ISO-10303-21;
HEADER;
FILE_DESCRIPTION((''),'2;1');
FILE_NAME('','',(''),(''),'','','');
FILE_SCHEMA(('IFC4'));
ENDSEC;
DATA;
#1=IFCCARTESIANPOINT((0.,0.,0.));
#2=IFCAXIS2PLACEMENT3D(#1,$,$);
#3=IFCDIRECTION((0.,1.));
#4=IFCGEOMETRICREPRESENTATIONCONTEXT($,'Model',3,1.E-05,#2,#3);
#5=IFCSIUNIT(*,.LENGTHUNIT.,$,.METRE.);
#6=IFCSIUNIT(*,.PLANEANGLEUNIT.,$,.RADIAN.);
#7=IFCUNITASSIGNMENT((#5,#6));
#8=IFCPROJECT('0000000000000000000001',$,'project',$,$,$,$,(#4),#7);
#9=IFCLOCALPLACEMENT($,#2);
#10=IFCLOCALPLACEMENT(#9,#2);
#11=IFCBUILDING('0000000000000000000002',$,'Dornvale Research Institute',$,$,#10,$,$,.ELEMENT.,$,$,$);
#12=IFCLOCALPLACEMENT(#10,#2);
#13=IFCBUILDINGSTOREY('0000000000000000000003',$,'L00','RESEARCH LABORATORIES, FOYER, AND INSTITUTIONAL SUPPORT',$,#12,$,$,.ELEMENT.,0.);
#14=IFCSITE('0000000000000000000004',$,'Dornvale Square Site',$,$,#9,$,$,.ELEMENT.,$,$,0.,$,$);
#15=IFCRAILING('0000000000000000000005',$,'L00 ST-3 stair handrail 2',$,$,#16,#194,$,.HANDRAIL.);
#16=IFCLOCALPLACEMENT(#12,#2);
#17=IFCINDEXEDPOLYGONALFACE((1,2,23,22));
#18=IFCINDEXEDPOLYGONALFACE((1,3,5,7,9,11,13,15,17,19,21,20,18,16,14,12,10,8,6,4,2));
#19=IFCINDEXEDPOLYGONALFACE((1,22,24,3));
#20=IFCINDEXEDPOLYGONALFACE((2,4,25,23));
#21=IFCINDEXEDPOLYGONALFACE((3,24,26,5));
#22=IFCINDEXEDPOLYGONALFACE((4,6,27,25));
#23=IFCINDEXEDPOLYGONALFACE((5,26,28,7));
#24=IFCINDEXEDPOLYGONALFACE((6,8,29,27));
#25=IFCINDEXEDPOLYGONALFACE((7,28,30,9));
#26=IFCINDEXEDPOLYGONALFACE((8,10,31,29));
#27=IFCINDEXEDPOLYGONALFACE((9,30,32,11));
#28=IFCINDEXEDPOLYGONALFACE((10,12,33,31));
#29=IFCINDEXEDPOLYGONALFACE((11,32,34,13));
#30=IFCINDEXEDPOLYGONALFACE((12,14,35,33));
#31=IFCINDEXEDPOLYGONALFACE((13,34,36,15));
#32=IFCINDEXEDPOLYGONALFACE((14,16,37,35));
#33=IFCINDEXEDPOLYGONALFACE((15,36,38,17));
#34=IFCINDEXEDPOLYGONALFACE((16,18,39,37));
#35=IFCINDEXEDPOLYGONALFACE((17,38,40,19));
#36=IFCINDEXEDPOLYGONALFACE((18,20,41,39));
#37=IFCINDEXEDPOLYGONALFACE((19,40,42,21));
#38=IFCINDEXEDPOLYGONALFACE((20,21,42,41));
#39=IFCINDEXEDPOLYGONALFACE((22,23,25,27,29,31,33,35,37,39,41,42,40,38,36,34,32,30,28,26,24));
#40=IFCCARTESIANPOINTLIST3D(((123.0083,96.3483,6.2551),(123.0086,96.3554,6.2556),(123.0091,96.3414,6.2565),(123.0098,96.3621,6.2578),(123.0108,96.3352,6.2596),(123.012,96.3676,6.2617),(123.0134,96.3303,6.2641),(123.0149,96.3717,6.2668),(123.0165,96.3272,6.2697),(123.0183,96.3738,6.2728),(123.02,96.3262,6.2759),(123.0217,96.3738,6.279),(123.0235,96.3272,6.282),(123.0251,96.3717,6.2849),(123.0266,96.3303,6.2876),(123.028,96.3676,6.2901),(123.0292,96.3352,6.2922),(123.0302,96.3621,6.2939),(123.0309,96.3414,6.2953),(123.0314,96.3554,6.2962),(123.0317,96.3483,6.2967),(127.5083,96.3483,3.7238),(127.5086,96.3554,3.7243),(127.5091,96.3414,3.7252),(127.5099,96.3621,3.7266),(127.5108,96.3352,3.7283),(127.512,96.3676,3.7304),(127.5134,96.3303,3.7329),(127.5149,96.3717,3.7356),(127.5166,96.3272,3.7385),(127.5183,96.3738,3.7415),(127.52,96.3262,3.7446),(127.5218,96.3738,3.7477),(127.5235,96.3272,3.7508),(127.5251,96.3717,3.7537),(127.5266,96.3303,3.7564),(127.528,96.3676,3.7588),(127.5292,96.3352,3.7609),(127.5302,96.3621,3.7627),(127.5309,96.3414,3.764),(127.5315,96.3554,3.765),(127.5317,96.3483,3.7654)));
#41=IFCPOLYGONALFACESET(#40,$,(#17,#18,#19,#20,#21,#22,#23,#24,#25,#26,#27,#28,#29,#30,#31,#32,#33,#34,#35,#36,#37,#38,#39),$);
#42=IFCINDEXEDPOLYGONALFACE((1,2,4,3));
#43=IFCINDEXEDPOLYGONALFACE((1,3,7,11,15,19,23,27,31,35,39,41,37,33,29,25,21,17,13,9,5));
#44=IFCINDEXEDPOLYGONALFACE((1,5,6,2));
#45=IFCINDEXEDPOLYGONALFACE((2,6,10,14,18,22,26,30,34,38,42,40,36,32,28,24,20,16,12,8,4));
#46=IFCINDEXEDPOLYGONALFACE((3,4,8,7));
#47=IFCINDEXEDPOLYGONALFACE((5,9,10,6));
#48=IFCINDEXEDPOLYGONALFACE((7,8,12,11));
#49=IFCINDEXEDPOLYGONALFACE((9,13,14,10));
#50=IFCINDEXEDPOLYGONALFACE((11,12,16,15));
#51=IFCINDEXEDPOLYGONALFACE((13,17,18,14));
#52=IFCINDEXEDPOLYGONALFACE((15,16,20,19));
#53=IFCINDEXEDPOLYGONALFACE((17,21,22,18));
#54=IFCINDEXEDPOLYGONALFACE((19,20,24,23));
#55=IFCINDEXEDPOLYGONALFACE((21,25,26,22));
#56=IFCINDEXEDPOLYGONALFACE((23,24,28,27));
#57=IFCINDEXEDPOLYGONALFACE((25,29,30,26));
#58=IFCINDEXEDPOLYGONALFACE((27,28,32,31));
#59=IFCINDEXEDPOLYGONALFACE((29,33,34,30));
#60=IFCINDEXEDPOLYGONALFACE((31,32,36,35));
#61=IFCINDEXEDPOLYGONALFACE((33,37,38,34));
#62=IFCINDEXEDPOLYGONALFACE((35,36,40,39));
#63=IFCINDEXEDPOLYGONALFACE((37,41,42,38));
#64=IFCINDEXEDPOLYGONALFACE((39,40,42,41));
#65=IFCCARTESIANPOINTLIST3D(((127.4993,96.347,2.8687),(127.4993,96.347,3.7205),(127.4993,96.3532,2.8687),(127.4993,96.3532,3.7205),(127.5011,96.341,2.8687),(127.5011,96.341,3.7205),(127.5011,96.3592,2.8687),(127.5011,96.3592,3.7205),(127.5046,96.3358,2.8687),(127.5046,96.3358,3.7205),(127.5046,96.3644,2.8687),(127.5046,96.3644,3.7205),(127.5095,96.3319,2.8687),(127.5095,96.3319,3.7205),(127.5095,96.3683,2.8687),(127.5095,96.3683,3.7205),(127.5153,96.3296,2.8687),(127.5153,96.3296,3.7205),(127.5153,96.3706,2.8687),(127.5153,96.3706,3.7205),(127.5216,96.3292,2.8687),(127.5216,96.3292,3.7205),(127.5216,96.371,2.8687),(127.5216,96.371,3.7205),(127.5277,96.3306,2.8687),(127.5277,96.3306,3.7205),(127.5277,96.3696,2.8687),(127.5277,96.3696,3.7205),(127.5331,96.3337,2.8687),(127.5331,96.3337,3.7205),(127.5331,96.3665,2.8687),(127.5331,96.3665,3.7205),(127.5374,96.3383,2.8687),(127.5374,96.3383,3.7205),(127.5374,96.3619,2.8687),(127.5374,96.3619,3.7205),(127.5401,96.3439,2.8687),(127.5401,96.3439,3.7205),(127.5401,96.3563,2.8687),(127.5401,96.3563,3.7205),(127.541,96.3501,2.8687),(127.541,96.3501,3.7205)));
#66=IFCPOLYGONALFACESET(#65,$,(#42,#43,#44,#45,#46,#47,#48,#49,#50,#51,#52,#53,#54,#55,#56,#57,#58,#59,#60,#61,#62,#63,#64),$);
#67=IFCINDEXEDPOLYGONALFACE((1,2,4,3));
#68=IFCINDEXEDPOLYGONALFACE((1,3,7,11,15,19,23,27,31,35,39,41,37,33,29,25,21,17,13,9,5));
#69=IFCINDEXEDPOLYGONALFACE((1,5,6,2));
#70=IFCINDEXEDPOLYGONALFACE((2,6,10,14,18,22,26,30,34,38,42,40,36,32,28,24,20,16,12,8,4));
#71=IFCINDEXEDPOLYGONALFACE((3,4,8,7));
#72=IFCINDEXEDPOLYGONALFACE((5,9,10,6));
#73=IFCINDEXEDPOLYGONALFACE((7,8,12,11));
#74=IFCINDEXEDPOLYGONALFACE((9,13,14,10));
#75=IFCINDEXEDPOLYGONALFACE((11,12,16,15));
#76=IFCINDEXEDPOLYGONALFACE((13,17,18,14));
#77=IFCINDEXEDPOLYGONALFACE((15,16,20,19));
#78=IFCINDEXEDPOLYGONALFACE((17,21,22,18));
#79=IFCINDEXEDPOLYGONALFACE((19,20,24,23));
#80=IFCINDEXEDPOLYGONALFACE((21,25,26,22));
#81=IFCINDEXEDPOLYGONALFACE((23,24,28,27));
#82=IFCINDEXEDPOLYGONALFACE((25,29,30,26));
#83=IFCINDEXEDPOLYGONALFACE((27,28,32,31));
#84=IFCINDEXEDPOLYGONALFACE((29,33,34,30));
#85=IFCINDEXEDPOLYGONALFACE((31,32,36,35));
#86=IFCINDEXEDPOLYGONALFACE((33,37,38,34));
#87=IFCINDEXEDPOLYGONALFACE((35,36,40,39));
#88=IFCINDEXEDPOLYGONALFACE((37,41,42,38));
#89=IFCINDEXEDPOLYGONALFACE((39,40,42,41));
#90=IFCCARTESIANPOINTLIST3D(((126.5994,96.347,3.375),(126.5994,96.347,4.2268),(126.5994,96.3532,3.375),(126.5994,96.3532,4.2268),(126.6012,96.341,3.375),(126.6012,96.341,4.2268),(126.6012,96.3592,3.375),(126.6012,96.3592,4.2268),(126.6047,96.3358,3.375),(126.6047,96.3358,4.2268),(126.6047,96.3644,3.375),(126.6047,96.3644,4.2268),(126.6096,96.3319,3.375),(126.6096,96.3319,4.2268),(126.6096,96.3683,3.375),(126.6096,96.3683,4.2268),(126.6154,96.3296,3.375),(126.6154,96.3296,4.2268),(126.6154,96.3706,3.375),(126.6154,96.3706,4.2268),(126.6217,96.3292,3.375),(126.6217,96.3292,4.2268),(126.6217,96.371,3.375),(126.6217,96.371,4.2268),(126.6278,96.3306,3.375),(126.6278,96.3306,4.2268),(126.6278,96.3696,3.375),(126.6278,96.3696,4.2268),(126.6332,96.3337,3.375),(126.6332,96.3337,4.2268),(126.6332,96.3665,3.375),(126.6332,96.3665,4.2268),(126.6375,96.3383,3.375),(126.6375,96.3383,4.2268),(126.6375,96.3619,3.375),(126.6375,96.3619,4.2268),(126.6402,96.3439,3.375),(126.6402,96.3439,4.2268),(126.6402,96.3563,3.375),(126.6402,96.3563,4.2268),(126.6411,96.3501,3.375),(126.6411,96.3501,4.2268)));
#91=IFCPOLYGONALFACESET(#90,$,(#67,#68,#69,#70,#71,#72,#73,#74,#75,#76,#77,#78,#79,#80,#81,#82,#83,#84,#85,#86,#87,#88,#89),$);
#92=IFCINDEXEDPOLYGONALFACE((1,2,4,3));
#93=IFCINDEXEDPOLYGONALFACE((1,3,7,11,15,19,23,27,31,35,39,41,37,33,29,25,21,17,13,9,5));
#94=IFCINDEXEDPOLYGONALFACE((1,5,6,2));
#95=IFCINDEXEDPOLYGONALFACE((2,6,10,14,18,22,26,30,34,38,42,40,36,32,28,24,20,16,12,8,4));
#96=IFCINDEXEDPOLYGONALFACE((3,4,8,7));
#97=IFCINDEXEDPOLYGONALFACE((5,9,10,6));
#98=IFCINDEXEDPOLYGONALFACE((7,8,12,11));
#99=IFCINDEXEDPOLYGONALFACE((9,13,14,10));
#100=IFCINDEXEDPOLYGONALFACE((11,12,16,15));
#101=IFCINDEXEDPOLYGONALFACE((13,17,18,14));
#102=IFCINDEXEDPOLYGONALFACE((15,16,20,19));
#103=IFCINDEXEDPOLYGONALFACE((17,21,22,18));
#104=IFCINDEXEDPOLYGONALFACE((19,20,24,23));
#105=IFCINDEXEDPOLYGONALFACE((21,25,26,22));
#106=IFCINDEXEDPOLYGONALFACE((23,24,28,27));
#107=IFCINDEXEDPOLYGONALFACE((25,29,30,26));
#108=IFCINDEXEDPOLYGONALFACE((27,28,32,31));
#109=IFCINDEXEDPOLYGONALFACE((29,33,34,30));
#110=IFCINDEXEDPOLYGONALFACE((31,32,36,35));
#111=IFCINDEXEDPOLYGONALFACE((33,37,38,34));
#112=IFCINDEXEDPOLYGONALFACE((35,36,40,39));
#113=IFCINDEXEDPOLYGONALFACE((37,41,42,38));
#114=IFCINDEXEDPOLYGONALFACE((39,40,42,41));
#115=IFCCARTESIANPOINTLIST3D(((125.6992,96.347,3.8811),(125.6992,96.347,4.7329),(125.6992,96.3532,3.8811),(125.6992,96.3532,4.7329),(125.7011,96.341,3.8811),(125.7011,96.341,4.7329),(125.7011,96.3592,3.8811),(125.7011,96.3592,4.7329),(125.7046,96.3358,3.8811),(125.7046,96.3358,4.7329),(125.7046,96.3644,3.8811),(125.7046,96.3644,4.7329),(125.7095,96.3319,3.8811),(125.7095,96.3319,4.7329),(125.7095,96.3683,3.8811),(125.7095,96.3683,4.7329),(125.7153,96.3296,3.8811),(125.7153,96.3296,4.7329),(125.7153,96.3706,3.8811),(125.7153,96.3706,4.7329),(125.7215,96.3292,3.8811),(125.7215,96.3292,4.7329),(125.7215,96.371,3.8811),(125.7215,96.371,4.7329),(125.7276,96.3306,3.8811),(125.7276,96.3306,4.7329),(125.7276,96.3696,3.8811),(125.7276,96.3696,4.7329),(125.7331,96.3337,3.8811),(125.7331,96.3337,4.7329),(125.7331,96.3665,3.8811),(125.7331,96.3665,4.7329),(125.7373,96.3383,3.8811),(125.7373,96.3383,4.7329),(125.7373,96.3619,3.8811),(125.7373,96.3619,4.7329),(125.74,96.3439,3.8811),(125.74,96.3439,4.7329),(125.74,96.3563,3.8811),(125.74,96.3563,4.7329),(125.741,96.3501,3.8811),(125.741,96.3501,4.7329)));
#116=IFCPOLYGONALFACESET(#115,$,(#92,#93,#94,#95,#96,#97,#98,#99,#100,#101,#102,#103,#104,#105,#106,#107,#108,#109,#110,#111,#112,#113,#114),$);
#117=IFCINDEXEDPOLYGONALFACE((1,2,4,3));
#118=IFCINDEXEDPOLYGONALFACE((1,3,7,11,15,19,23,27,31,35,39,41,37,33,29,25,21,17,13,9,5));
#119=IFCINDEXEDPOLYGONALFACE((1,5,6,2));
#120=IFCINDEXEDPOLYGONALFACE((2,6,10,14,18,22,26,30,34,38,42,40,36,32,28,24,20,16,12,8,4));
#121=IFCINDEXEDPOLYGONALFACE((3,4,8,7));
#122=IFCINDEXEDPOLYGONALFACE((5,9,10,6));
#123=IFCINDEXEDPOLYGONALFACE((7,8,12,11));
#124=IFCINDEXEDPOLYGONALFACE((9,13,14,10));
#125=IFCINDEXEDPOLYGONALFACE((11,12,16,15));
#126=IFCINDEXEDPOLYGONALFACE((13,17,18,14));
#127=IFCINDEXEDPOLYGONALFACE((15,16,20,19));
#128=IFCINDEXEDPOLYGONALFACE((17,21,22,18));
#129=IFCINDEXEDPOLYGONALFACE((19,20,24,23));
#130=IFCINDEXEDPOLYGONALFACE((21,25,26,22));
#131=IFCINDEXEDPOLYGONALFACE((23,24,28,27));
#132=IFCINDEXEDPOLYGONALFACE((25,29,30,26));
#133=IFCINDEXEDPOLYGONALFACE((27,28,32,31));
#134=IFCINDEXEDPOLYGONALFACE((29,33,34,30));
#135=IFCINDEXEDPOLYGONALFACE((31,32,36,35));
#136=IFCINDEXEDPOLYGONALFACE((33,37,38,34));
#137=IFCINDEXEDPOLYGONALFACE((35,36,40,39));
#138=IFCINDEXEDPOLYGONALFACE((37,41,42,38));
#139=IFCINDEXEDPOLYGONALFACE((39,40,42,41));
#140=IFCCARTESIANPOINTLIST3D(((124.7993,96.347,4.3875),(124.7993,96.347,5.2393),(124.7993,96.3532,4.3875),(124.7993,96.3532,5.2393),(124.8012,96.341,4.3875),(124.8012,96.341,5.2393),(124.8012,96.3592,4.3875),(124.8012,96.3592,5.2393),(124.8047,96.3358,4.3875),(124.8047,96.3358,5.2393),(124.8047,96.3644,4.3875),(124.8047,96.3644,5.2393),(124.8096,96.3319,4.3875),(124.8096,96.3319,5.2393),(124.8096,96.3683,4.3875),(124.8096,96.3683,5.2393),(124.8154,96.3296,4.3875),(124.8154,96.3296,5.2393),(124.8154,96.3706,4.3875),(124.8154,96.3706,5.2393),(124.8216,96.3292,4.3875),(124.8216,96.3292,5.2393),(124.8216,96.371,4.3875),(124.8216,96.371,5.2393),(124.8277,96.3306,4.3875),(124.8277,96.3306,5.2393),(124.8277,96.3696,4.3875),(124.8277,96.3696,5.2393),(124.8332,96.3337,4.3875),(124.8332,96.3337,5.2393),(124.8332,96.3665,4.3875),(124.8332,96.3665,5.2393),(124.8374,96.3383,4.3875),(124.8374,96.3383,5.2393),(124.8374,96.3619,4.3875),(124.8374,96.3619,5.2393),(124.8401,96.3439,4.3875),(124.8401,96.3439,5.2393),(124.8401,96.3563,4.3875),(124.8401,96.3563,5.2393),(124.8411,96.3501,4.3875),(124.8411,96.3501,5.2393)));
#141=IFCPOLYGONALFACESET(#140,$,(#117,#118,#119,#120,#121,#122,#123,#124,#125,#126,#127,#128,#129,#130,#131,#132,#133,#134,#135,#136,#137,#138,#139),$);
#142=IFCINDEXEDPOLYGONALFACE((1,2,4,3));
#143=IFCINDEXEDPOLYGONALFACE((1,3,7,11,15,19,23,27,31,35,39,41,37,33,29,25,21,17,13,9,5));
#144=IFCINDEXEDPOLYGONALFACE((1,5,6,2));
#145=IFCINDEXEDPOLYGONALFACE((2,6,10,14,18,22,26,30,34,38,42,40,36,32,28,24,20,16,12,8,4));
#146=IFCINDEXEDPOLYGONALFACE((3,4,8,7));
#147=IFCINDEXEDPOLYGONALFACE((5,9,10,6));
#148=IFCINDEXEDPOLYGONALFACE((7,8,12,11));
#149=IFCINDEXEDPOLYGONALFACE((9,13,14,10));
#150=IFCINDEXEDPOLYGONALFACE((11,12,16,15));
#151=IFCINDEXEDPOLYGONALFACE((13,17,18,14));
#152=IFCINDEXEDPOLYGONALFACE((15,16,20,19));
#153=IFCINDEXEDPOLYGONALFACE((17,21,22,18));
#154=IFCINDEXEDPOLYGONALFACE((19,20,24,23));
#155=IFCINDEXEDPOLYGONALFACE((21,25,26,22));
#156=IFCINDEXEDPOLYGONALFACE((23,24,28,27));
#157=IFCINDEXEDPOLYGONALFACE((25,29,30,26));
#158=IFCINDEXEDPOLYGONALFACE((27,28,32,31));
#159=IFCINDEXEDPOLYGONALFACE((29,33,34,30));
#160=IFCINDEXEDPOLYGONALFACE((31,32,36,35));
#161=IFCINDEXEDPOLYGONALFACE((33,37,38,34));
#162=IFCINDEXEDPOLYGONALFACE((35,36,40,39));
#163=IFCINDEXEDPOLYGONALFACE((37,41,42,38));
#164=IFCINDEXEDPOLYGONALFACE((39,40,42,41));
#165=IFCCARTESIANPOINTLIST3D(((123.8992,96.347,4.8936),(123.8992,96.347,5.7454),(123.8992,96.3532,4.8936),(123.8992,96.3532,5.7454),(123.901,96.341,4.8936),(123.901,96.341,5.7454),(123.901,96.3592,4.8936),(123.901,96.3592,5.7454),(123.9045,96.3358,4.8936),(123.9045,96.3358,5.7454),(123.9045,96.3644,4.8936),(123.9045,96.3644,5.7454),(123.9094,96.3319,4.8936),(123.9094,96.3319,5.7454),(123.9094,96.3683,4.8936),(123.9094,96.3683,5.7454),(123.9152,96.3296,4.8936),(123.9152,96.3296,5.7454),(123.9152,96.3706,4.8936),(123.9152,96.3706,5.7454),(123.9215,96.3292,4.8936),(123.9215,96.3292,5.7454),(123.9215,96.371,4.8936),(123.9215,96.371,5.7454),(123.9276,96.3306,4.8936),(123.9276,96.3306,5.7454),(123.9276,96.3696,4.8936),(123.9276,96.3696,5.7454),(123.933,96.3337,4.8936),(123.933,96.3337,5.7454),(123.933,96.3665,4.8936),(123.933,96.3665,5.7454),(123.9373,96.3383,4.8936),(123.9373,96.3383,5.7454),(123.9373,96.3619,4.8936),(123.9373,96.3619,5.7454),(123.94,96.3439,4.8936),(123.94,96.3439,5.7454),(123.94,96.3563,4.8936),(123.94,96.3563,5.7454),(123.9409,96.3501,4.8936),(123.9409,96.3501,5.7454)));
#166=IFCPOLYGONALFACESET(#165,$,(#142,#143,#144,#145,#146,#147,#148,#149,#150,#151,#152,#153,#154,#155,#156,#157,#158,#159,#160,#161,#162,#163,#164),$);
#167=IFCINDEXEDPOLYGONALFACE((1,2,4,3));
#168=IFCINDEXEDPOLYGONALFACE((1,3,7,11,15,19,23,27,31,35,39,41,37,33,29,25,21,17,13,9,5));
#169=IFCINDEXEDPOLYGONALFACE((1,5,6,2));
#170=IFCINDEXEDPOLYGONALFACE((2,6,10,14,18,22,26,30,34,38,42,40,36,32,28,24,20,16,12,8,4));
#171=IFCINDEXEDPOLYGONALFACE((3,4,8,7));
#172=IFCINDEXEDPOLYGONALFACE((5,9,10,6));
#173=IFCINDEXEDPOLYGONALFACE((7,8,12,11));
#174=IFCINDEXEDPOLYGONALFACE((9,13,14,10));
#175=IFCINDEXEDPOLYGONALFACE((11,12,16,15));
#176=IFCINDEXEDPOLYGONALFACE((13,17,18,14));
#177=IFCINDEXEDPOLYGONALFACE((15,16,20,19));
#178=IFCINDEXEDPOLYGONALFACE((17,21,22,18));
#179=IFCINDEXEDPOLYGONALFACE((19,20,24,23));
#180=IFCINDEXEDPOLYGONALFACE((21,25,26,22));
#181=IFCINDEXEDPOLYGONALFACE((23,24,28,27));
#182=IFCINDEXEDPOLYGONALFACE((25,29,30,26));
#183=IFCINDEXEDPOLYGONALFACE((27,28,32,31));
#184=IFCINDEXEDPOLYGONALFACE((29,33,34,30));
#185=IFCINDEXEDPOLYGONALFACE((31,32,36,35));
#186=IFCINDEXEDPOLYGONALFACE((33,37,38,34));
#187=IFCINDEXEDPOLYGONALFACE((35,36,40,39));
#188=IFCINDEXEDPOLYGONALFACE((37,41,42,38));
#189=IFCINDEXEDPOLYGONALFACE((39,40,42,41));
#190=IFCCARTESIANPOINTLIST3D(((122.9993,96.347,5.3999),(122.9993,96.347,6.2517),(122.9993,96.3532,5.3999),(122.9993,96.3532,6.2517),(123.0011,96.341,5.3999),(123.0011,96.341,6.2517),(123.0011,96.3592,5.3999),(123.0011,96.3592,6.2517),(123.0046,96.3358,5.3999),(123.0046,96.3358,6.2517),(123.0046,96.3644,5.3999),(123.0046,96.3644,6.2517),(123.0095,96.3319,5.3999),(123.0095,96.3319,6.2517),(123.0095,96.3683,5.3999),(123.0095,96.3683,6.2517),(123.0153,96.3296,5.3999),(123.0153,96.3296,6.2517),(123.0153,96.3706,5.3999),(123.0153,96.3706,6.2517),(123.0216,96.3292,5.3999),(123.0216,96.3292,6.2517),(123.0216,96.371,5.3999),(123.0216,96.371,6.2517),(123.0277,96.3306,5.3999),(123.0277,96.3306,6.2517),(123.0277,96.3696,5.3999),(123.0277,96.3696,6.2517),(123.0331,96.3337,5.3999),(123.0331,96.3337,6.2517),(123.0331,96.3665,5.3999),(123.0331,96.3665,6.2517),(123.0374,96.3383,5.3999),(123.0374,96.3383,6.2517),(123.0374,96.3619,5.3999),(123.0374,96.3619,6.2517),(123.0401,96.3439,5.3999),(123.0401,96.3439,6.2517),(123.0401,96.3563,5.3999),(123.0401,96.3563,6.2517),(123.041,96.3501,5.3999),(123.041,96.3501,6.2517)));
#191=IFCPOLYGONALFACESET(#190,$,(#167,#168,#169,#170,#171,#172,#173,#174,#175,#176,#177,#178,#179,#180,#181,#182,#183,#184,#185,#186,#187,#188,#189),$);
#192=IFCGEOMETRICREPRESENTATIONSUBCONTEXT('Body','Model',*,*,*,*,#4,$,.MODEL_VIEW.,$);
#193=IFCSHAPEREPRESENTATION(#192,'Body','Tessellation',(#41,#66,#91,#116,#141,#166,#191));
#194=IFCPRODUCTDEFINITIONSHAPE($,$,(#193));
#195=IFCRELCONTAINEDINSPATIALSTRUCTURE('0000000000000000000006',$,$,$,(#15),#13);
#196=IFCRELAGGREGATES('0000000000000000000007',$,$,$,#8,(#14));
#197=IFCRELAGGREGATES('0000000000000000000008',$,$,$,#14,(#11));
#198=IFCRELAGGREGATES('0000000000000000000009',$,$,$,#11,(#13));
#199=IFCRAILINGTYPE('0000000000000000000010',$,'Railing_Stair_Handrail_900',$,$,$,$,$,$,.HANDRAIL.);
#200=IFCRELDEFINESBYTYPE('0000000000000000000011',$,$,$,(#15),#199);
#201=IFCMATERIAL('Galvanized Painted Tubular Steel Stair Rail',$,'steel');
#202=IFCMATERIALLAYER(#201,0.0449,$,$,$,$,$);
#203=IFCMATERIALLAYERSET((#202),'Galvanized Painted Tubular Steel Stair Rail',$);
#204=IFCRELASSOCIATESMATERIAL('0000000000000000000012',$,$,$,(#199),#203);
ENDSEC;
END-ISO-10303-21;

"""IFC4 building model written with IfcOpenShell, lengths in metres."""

from ifc_helpers import new_model, si_unit, direction, frame, origin, origin_2d, place, context, subcontext, project, spatial, circle, extrude, material, layer, layer_set, type_object, element, save


model = new_model("IFC4")

# Units and contexts
model_context = context("Model", 3, precision=1e-05, world=origin(), true_north=direction((0.0, 1.0)))
body_context = subcontext(model_context, "Body", "Model", "MODEL_VIEW")
ifc_project = project(units=[si_unit("LENGTHUNIT", "METRE"), si_unit("PLANEANGLEUNIT", "RADIAN")], contexts=[model_context])

# Site, building, storey
site_placement = place(None, origin())
site = spatial("IfcSite", under=ifc_project, at=site_placement, Name="Dornvale Square Site", CompositionType="ELEMENT", RefElevation=0.0)
building_placement = place(site_placement, origin())
building = spatial("IfcBuilding", under=site, at=building_placement, Name="Dornvale Research Institute", CompositionType="ELEMENT")
storey_placement = place(building_placement, origin())
storey = spatial("IfcBuildingStorey", under=building, at=storey_placement, Name="L00", Description="RESEARCH LABORATORIES, FOYER, AND INSTITUTIONAL SUPPORT", CompositionType="ELEMENT", Elevation=0.0)

# Railing
ifc_material_1 = material(Name="Galvanized Painted Tubular Steel Stair Rail", Category="steel")
ifc_layer_1 = layer(ifc_material_1, 0.0449)
ifc_layer_set_1 = layer_set([ifc_layer_1], Name="Galvanized Painted Tubular Steel Stair Rail")
railing_type = type_object("IfcRailingType", Name="Railing_Stair_Handrail_900", PredefinedType="HANDRAIL", material=ifc_layer_set_1)
railing_placement = place(storey_placement, frame((127.52, 96.3501, 2.8687)))
element("IfcRailing", 1, at=railing_placement, inside=storey, type_object=railing_type, Name="L00 ST-3 stair handrail 2", PredefinedType="HANDRAIL", context=body_context, shape_type="SweptSolid", body=[
    extrude(circle(Radius=0.0239, at=origin_2d()), frame((0.0, 0.0, 0.876), z_axis=(-0.871576, 0.0, 0.490261), x_axis=(0.0, -1.0, 0.0)), (0.0, 0.0, 1.0), 5.1631),
    extrude(circle(Radius=0.021, at=origin_2d()), origin(), (0.0, 0.0, 1.0), 0.8518),
    extrude(circle(Radius=0.021, at=origin_2d()), frame((-0.8999, 0.0, 0.5063)), (0.0, 0.0, 1.0), 0.8518),
    extrude(circle(Radius=0.021, at=origin_2d()), frame((-1.8, 0.0, 1.0125)), (0.0, 0.0, 1.0), 0.8518),
    extrude(circle(Radius=0.021, at=origin_2d()), frame((-2.7, 0.0, 1.5188)), (0.0, 0.0, 1.0), 0.8518),
    extrude(circle(Radius=0.021, at=origin_2d()), frame((-3.6001, 0.0, 2.0249)), (0.0, 0.0, 1.0), 0.8518),
    extrude(circle(Radius=0.021, at=origin_2d()), frame((-4.5, 0.0, 2.5312)), (0.0, 0.0, 1.0), 0.8518),
])

save(model, "model.ifc")
